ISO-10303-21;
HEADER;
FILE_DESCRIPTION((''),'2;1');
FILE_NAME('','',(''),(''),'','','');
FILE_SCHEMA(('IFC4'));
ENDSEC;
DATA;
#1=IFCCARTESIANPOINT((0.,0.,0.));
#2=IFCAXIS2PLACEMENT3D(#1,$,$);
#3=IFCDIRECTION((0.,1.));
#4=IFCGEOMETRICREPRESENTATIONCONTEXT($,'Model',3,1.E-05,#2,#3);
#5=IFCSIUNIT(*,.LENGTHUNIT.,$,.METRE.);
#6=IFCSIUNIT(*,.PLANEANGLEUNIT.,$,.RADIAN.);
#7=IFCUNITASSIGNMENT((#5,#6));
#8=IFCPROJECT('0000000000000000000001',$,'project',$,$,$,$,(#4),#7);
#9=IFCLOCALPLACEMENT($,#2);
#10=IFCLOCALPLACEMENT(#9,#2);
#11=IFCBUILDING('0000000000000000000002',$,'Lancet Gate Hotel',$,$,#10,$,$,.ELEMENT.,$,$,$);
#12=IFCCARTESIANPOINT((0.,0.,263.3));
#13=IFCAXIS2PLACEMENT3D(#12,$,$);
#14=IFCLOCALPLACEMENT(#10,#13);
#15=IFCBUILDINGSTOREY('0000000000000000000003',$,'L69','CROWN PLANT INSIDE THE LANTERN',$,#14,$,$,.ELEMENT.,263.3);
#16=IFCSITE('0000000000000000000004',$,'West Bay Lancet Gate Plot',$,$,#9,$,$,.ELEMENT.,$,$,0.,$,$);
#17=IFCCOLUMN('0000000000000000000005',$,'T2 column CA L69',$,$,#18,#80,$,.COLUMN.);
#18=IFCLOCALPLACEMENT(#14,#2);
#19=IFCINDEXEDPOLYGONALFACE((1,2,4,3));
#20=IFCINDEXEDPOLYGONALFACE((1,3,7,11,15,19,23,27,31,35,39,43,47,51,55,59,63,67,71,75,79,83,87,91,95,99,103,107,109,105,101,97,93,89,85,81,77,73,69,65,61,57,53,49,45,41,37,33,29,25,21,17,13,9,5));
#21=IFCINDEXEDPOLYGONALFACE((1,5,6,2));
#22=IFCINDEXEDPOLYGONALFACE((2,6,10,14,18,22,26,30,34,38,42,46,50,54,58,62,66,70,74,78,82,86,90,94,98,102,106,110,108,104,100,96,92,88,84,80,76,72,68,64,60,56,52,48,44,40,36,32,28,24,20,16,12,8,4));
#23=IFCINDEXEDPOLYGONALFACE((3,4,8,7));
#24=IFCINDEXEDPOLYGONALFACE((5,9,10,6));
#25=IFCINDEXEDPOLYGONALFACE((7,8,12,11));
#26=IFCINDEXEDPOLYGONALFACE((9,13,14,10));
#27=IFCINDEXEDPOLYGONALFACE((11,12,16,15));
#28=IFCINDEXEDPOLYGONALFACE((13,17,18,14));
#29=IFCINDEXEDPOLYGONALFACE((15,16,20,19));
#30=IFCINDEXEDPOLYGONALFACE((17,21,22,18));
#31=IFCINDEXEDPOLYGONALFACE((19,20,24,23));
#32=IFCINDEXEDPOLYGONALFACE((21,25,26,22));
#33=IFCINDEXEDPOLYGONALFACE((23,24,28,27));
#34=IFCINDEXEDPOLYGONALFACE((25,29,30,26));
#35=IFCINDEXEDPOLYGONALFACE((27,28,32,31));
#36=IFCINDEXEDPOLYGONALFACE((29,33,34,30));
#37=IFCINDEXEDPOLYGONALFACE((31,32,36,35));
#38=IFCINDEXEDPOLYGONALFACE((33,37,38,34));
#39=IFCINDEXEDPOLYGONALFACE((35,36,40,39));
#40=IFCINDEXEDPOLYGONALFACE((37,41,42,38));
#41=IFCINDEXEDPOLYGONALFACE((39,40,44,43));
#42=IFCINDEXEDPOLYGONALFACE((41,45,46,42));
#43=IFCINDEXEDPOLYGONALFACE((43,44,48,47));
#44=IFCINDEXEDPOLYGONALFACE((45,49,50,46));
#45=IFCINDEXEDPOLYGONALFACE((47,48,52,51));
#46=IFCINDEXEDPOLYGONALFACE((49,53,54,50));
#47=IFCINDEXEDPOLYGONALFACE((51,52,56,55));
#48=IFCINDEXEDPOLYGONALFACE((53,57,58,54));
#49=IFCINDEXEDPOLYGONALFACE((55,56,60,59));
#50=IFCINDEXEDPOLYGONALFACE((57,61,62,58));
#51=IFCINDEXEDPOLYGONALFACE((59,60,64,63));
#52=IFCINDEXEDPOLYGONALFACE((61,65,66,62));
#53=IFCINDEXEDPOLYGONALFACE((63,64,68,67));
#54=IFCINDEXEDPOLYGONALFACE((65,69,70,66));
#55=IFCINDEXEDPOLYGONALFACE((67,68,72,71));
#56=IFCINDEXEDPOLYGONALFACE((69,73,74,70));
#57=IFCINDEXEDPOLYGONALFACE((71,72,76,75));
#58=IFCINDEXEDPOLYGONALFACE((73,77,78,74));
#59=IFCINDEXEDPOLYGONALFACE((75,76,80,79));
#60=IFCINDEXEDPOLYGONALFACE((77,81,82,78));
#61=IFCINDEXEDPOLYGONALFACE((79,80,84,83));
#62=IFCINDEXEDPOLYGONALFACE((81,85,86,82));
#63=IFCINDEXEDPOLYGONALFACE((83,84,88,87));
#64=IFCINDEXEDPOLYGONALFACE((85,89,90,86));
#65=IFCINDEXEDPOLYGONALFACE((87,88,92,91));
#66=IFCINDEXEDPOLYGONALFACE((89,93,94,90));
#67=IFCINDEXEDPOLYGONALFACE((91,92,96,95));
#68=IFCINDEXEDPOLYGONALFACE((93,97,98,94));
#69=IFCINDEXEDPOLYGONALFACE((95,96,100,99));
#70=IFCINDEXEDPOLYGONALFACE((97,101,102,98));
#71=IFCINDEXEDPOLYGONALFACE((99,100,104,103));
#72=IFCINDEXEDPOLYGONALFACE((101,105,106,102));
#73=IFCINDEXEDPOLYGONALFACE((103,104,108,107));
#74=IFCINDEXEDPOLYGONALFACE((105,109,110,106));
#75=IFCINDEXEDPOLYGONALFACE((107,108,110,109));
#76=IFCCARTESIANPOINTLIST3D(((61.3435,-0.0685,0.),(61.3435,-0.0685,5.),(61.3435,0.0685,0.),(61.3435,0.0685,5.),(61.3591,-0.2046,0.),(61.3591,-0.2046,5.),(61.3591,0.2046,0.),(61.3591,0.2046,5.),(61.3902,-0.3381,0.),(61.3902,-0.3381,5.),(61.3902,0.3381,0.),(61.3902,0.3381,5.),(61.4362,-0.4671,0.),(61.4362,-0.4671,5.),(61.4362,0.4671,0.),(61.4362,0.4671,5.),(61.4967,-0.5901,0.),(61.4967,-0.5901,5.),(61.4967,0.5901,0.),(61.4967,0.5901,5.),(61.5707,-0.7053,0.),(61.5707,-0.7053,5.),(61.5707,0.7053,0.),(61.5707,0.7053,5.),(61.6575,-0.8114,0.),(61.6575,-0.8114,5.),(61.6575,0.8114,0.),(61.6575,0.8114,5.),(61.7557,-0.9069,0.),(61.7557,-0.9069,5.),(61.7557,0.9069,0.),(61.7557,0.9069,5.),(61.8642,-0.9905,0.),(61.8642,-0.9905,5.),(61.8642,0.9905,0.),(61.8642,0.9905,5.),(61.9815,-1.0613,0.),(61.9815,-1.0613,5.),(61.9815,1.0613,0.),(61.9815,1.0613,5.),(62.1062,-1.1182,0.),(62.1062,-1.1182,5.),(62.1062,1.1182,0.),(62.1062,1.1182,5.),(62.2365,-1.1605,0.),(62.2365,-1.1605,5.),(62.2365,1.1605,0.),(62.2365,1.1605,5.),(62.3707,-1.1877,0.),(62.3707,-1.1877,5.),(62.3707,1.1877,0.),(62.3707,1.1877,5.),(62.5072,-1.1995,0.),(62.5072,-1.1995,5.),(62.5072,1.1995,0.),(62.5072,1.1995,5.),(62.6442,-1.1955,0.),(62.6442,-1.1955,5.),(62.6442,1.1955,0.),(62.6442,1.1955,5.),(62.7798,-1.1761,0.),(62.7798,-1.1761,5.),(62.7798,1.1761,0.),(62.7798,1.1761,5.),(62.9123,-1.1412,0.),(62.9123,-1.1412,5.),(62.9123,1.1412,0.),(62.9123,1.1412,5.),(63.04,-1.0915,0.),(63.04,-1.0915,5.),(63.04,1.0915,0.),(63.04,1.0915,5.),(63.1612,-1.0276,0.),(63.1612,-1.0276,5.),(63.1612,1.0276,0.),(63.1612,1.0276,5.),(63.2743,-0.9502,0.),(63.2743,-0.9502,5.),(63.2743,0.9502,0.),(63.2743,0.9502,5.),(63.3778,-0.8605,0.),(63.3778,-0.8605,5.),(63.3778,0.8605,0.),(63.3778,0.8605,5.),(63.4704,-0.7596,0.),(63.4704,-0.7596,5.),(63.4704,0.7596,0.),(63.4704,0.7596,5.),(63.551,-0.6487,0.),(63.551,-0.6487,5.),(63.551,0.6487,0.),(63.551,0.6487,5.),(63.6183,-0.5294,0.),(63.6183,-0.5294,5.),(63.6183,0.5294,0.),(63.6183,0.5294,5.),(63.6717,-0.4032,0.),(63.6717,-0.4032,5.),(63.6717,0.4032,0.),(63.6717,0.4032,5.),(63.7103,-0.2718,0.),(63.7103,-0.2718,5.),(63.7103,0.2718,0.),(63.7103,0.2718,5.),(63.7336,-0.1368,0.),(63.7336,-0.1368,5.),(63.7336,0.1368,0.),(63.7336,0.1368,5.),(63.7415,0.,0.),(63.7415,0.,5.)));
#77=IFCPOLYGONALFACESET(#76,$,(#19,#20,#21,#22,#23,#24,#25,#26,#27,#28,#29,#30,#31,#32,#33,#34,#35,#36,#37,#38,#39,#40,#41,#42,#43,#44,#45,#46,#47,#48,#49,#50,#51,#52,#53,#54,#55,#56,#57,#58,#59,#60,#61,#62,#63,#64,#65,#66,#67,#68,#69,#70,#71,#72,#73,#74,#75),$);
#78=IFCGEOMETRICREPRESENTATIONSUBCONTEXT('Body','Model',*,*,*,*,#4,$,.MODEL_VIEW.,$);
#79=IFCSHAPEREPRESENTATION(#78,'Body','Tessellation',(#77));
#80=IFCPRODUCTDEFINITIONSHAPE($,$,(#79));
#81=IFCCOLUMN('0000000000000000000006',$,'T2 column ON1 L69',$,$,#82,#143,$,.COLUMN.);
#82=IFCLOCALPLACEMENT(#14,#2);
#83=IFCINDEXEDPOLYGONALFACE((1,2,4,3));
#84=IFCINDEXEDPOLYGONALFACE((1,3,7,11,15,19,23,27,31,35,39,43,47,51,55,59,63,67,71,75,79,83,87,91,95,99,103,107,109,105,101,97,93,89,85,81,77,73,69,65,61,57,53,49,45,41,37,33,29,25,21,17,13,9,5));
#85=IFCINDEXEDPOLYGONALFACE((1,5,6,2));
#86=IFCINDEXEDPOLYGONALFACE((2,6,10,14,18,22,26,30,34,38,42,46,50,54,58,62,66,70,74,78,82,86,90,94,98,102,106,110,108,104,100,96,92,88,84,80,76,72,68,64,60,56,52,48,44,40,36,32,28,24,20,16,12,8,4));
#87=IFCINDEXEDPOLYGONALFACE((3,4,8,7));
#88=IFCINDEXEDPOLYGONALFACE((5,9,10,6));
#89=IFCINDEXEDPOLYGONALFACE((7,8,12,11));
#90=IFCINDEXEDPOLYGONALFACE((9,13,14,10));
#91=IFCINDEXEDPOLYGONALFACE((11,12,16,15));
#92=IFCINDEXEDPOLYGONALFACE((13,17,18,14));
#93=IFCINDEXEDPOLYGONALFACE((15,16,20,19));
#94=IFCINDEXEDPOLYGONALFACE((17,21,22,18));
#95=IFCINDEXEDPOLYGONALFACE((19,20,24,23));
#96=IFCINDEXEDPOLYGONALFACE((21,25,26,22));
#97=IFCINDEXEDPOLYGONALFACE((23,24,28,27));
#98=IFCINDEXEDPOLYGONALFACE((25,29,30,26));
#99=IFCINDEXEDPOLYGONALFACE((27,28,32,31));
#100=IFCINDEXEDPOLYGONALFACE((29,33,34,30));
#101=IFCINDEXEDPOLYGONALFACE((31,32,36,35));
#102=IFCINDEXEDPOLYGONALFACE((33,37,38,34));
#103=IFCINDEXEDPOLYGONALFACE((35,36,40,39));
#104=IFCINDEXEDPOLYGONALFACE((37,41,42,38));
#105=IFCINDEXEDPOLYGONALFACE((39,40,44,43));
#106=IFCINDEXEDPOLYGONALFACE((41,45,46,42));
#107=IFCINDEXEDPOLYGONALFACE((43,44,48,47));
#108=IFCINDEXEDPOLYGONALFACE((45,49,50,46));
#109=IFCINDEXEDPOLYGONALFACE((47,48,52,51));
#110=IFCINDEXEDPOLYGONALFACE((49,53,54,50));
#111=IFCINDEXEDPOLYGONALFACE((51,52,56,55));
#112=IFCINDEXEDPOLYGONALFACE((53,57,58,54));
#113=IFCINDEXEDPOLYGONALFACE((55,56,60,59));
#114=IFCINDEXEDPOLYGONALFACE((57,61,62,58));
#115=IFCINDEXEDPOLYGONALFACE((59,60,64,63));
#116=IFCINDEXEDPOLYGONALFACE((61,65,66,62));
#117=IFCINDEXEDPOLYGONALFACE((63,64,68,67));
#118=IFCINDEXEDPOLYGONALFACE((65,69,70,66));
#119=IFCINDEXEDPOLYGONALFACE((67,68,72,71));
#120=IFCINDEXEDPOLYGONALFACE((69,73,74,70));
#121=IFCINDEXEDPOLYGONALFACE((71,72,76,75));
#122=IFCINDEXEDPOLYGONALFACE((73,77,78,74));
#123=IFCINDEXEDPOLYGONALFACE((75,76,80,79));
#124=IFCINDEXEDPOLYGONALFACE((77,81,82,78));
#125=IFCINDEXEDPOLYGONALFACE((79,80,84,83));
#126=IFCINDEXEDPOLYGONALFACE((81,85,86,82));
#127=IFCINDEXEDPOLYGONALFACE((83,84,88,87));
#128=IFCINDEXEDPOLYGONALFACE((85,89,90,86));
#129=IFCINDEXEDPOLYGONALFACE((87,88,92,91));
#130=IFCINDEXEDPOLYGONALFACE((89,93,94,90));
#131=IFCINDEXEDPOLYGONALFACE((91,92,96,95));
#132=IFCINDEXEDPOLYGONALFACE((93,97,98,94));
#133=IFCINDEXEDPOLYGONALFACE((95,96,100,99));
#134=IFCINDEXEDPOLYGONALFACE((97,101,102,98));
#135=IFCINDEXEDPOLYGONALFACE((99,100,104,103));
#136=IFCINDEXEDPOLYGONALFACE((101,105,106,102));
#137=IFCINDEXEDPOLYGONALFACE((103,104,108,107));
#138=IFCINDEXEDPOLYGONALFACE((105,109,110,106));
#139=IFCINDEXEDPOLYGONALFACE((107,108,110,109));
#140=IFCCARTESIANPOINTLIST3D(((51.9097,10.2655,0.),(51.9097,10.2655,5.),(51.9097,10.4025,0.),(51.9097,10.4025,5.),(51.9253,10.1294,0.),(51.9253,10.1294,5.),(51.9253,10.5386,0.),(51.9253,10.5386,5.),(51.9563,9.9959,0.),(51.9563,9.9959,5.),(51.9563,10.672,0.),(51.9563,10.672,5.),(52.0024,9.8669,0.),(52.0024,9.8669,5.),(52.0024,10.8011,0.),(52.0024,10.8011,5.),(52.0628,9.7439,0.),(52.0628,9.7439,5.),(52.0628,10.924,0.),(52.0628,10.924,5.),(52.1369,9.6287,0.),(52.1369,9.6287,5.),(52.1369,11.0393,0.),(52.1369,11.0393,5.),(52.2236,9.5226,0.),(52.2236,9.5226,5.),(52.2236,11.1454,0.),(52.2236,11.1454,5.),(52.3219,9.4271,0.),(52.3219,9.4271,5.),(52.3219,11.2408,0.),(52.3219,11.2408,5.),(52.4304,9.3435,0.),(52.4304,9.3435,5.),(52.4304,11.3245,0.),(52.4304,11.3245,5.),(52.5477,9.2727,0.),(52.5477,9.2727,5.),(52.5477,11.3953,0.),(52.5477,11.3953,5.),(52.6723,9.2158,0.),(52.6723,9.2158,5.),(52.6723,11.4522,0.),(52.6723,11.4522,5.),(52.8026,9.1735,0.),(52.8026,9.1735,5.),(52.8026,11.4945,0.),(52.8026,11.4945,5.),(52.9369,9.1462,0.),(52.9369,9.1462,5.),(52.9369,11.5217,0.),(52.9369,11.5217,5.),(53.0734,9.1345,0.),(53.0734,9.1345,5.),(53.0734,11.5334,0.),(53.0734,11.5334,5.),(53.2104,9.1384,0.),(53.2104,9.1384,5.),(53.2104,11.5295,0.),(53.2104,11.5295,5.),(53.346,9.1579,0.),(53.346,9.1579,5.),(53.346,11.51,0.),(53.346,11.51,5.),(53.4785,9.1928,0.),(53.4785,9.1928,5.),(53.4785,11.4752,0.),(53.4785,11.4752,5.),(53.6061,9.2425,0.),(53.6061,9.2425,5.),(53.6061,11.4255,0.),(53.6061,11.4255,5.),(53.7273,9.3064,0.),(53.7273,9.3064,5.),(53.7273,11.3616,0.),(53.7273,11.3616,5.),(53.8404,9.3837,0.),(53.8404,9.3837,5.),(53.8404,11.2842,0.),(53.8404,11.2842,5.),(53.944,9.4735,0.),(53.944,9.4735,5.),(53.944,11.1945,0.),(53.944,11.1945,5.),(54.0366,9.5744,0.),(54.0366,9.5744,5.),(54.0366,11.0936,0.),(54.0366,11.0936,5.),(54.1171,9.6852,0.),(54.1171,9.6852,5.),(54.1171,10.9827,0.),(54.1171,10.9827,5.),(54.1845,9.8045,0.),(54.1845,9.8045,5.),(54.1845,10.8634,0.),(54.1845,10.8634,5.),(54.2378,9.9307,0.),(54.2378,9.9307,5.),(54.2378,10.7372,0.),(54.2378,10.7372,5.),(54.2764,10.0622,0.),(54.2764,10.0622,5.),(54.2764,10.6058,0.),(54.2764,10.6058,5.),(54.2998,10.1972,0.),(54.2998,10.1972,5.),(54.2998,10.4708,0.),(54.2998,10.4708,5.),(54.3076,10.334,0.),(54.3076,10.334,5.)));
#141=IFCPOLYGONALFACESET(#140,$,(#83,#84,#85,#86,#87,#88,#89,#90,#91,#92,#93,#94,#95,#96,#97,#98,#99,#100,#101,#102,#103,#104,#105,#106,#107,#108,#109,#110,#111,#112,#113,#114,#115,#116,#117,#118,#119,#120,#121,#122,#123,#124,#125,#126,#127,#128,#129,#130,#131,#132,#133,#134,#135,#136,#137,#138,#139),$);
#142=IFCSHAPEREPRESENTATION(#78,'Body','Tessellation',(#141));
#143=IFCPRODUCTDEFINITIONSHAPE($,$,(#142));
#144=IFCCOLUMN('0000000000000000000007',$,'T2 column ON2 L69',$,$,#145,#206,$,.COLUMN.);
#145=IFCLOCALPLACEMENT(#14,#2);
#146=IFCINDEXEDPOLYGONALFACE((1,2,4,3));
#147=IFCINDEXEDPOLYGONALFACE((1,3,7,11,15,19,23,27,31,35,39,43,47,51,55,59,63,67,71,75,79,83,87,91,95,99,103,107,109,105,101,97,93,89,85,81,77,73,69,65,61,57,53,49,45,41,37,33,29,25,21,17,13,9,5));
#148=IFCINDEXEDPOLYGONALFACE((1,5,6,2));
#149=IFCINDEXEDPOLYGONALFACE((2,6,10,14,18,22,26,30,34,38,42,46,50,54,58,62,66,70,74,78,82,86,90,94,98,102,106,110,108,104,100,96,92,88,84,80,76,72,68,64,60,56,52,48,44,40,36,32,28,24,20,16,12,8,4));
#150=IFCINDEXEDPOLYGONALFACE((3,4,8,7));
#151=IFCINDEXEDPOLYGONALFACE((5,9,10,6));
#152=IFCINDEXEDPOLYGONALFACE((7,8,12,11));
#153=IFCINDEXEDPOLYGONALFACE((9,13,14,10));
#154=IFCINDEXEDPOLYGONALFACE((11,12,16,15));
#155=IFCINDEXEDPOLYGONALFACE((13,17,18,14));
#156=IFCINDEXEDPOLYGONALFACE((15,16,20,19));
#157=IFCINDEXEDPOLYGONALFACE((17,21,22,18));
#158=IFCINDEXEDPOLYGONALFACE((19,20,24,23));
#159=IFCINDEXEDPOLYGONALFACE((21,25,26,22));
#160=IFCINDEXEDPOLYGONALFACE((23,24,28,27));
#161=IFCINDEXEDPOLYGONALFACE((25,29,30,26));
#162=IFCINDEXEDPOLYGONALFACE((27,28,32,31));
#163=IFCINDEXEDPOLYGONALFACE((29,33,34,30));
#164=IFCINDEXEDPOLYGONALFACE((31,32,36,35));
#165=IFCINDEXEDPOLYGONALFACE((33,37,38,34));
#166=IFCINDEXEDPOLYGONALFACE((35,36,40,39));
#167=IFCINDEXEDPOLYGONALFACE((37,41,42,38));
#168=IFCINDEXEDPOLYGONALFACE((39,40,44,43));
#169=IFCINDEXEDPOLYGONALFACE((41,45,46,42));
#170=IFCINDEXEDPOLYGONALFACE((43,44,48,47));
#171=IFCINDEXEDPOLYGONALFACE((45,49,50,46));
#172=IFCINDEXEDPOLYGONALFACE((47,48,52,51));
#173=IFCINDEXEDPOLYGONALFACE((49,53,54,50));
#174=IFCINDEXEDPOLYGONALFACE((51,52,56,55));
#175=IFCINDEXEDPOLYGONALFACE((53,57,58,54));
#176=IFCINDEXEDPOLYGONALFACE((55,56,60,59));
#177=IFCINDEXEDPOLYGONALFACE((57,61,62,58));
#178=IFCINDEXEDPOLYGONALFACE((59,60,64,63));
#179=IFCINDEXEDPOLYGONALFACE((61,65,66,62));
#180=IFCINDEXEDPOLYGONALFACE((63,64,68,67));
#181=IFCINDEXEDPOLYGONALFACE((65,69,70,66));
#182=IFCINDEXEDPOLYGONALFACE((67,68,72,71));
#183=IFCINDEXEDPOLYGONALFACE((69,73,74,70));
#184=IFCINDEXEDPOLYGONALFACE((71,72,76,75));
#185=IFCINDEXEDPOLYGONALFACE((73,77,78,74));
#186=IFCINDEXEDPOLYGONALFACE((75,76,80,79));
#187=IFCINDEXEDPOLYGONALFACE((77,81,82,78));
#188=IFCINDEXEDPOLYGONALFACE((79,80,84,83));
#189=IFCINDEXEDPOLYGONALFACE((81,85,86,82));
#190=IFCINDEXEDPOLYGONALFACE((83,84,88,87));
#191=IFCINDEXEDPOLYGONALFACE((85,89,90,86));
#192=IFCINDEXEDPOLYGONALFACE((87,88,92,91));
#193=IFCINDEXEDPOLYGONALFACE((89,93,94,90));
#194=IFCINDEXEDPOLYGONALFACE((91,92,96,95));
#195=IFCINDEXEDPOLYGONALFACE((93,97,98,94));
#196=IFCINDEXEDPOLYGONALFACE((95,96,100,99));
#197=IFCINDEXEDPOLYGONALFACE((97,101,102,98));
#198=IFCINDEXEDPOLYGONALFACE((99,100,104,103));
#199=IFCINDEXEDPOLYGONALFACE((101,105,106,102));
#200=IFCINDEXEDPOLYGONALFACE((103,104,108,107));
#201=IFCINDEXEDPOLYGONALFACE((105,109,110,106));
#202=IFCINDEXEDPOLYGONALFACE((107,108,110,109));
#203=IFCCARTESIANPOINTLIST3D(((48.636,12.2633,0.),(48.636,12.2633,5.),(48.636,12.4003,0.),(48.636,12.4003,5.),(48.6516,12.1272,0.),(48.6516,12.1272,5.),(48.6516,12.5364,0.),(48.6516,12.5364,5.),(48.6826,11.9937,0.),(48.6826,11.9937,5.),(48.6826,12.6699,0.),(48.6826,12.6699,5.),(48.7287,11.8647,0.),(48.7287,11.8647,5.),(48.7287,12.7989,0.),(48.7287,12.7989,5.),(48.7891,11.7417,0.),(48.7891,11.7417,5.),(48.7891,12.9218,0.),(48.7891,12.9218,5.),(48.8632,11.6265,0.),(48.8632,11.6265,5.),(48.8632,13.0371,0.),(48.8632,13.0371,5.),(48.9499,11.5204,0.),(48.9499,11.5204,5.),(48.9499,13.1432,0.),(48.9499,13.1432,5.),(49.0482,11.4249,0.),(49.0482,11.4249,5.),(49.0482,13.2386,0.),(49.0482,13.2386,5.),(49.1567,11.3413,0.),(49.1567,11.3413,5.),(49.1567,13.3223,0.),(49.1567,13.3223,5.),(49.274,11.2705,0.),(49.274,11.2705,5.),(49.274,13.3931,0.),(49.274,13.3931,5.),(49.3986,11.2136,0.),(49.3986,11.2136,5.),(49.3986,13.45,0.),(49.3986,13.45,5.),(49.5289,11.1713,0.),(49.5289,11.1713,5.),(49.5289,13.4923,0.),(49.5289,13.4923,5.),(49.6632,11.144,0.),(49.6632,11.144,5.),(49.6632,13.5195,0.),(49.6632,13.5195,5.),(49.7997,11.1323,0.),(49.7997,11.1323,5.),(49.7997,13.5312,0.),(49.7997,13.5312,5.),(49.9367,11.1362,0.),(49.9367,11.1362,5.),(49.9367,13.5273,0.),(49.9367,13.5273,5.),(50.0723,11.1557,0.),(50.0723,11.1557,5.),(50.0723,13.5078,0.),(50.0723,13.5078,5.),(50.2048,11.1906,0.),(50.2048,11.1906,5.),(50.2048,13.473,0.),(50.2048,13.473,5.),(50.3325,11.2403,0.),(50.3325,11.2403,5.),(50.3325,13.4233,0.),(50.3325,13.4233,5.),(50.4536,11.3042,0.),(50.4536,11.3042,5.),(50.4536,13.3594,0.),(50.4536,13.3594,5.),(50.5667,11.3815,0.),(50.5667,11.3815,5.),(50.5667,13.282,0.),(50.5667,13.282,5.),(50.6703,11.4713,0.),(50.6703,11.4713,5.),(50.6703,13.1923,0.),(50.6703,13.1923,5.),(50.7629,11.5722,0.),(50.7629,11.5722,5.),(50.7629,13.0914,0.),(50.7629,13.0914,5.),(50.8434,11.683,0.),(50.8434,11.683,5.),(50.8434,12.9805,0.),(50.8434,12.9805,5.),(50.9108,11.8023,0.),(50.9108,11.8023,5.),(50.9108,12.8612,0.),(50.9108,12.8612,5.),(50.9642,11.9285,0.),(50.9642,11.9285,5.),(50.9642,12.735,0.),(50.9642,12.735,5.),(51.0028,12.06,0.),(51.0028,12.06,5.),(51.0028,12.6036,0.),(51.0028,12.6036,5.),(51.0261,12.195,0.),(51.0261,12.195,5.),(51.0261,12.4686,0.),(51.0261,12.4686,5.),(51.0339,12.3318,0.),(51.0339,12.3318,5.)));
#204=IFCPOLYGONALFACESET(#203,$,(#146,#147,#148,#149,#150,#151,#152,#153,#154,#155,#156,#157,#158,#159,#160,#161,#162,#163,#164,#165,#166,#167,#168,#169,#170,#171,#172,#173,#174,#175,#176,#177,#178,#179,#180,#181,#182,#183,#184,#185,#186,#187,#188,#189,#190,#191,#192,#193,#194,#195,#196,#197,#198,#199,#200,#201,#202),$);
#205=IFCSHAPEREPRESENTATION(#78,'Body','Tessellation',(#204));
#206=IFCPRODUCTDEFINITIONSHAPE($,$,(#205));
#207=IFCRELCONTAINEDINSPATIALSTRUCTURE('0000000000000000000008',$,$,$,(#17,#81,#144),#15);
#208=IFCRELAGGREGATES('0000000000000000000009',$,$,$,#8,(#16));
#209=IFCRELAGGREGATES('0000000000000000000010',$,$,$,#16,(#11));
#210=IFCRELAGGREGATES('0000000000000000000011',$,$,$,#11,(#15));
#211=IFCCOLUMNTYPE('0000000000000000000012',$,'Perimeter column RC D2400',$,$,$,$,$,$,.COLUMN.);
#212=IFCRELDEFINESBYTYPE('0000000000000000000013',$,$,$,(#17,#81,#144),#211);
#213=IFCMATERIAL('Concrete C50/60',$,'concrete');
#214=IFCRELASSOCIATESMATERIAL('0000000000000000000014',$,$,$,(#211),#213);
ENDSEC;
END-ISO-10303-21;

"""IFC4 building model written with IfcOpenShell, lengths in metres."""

from ifc_helpers import new_model, si_unit, direction, frame, origin, origin_2d, place, context, subcontext, project, spatial, circle, extrude, material, material_profile, profile_set, type_object, element, save


model = new_model("IFC4")

# Units and contexts
model_context = context("Model", 3, precision=1e-05, world=origin(), true_north=direction((0.0, 1.0)))
body_context = subcontext(model_context, "Body", "Model", "MODEL_VIEW")
ifc_project = project(units=[si_unit("LENGTHUNIT", "METRE"), si_unit("PLANEANGLEUNIT", "RADIAN")], contexts=[model_context])

# Site, building, storey
site_placement = place(None, origin())
site = spatial("IfcSite", under=ifc_project, at=site_placement, Name="West Bay Lancet Gate Plot", CompositionType="ELEMENT", RefElevation=0.0)
building_placement = place(site_placement, origin())
building = spatial("IfcBuilding", under=site, at=building_placement, Name="Lancet Gate Hotel", CompositionType="ELEMENT")
storey_placement = place(building_placement, frame((0.0, 0.0, 263.3)))
storey = spatial("IfcBuildingStorey", under=building, at=storey_placement, Name="L69", Description="CROWN PLANT INSIDE THE LANTERN", CompositionType="ELEMENT", Elevation=263.3)

# Columns
ifc_material_1 = material(Name="Concrete C50/60", Category="concrete")
ifc_material_profile_1 = material_profile(ifc_material_1, circle(Radius=1.2, at=origin_2d()), Name="RC D2400")
ifc_profile_set_1 = profile_set([ifc_material_profile_1], Name="Concrete C50/60")
column_type = type_object("IfcColumnType", Name="Perimeter column RC D2400", PredefinedType="COLUMN", material=ifc_profile_set_1)
for number, where, z_axis, x_axis, name in (
    (1, (62.5415, 0.0, 0.0), (0.0, 0.0, 1.0), (1.0, 0.0, 0.0), "T2 column CA L69"),
    (2, (53.1077, 10.334, 0.0), (0.0, 0.0, 1.0), (1.0, 0.0, 0.0), "T2 column ON1 L69"),
    (3, (49.834, 12.3318, 0.0), (0.0, 0.0, 1.0), (1.0, 0.0, 0.0), "T2 column ON2 L69"),
):
    element("IfcColumn", number, at=place(storey_placement, frame(where, z_axis=z_axis, x_axis=x_axis)), inside=storey, type_object=column_type, Name=name, PredefinedType="COLUMN", context=body_context, shape_type="SweptSolid", body=[
        extrude(circle(Radius=1.2, at=origin_2d()), origin(), (0.0, 0.0, 1.0), 5.0),
    ])

save(model, "model.ifc")
